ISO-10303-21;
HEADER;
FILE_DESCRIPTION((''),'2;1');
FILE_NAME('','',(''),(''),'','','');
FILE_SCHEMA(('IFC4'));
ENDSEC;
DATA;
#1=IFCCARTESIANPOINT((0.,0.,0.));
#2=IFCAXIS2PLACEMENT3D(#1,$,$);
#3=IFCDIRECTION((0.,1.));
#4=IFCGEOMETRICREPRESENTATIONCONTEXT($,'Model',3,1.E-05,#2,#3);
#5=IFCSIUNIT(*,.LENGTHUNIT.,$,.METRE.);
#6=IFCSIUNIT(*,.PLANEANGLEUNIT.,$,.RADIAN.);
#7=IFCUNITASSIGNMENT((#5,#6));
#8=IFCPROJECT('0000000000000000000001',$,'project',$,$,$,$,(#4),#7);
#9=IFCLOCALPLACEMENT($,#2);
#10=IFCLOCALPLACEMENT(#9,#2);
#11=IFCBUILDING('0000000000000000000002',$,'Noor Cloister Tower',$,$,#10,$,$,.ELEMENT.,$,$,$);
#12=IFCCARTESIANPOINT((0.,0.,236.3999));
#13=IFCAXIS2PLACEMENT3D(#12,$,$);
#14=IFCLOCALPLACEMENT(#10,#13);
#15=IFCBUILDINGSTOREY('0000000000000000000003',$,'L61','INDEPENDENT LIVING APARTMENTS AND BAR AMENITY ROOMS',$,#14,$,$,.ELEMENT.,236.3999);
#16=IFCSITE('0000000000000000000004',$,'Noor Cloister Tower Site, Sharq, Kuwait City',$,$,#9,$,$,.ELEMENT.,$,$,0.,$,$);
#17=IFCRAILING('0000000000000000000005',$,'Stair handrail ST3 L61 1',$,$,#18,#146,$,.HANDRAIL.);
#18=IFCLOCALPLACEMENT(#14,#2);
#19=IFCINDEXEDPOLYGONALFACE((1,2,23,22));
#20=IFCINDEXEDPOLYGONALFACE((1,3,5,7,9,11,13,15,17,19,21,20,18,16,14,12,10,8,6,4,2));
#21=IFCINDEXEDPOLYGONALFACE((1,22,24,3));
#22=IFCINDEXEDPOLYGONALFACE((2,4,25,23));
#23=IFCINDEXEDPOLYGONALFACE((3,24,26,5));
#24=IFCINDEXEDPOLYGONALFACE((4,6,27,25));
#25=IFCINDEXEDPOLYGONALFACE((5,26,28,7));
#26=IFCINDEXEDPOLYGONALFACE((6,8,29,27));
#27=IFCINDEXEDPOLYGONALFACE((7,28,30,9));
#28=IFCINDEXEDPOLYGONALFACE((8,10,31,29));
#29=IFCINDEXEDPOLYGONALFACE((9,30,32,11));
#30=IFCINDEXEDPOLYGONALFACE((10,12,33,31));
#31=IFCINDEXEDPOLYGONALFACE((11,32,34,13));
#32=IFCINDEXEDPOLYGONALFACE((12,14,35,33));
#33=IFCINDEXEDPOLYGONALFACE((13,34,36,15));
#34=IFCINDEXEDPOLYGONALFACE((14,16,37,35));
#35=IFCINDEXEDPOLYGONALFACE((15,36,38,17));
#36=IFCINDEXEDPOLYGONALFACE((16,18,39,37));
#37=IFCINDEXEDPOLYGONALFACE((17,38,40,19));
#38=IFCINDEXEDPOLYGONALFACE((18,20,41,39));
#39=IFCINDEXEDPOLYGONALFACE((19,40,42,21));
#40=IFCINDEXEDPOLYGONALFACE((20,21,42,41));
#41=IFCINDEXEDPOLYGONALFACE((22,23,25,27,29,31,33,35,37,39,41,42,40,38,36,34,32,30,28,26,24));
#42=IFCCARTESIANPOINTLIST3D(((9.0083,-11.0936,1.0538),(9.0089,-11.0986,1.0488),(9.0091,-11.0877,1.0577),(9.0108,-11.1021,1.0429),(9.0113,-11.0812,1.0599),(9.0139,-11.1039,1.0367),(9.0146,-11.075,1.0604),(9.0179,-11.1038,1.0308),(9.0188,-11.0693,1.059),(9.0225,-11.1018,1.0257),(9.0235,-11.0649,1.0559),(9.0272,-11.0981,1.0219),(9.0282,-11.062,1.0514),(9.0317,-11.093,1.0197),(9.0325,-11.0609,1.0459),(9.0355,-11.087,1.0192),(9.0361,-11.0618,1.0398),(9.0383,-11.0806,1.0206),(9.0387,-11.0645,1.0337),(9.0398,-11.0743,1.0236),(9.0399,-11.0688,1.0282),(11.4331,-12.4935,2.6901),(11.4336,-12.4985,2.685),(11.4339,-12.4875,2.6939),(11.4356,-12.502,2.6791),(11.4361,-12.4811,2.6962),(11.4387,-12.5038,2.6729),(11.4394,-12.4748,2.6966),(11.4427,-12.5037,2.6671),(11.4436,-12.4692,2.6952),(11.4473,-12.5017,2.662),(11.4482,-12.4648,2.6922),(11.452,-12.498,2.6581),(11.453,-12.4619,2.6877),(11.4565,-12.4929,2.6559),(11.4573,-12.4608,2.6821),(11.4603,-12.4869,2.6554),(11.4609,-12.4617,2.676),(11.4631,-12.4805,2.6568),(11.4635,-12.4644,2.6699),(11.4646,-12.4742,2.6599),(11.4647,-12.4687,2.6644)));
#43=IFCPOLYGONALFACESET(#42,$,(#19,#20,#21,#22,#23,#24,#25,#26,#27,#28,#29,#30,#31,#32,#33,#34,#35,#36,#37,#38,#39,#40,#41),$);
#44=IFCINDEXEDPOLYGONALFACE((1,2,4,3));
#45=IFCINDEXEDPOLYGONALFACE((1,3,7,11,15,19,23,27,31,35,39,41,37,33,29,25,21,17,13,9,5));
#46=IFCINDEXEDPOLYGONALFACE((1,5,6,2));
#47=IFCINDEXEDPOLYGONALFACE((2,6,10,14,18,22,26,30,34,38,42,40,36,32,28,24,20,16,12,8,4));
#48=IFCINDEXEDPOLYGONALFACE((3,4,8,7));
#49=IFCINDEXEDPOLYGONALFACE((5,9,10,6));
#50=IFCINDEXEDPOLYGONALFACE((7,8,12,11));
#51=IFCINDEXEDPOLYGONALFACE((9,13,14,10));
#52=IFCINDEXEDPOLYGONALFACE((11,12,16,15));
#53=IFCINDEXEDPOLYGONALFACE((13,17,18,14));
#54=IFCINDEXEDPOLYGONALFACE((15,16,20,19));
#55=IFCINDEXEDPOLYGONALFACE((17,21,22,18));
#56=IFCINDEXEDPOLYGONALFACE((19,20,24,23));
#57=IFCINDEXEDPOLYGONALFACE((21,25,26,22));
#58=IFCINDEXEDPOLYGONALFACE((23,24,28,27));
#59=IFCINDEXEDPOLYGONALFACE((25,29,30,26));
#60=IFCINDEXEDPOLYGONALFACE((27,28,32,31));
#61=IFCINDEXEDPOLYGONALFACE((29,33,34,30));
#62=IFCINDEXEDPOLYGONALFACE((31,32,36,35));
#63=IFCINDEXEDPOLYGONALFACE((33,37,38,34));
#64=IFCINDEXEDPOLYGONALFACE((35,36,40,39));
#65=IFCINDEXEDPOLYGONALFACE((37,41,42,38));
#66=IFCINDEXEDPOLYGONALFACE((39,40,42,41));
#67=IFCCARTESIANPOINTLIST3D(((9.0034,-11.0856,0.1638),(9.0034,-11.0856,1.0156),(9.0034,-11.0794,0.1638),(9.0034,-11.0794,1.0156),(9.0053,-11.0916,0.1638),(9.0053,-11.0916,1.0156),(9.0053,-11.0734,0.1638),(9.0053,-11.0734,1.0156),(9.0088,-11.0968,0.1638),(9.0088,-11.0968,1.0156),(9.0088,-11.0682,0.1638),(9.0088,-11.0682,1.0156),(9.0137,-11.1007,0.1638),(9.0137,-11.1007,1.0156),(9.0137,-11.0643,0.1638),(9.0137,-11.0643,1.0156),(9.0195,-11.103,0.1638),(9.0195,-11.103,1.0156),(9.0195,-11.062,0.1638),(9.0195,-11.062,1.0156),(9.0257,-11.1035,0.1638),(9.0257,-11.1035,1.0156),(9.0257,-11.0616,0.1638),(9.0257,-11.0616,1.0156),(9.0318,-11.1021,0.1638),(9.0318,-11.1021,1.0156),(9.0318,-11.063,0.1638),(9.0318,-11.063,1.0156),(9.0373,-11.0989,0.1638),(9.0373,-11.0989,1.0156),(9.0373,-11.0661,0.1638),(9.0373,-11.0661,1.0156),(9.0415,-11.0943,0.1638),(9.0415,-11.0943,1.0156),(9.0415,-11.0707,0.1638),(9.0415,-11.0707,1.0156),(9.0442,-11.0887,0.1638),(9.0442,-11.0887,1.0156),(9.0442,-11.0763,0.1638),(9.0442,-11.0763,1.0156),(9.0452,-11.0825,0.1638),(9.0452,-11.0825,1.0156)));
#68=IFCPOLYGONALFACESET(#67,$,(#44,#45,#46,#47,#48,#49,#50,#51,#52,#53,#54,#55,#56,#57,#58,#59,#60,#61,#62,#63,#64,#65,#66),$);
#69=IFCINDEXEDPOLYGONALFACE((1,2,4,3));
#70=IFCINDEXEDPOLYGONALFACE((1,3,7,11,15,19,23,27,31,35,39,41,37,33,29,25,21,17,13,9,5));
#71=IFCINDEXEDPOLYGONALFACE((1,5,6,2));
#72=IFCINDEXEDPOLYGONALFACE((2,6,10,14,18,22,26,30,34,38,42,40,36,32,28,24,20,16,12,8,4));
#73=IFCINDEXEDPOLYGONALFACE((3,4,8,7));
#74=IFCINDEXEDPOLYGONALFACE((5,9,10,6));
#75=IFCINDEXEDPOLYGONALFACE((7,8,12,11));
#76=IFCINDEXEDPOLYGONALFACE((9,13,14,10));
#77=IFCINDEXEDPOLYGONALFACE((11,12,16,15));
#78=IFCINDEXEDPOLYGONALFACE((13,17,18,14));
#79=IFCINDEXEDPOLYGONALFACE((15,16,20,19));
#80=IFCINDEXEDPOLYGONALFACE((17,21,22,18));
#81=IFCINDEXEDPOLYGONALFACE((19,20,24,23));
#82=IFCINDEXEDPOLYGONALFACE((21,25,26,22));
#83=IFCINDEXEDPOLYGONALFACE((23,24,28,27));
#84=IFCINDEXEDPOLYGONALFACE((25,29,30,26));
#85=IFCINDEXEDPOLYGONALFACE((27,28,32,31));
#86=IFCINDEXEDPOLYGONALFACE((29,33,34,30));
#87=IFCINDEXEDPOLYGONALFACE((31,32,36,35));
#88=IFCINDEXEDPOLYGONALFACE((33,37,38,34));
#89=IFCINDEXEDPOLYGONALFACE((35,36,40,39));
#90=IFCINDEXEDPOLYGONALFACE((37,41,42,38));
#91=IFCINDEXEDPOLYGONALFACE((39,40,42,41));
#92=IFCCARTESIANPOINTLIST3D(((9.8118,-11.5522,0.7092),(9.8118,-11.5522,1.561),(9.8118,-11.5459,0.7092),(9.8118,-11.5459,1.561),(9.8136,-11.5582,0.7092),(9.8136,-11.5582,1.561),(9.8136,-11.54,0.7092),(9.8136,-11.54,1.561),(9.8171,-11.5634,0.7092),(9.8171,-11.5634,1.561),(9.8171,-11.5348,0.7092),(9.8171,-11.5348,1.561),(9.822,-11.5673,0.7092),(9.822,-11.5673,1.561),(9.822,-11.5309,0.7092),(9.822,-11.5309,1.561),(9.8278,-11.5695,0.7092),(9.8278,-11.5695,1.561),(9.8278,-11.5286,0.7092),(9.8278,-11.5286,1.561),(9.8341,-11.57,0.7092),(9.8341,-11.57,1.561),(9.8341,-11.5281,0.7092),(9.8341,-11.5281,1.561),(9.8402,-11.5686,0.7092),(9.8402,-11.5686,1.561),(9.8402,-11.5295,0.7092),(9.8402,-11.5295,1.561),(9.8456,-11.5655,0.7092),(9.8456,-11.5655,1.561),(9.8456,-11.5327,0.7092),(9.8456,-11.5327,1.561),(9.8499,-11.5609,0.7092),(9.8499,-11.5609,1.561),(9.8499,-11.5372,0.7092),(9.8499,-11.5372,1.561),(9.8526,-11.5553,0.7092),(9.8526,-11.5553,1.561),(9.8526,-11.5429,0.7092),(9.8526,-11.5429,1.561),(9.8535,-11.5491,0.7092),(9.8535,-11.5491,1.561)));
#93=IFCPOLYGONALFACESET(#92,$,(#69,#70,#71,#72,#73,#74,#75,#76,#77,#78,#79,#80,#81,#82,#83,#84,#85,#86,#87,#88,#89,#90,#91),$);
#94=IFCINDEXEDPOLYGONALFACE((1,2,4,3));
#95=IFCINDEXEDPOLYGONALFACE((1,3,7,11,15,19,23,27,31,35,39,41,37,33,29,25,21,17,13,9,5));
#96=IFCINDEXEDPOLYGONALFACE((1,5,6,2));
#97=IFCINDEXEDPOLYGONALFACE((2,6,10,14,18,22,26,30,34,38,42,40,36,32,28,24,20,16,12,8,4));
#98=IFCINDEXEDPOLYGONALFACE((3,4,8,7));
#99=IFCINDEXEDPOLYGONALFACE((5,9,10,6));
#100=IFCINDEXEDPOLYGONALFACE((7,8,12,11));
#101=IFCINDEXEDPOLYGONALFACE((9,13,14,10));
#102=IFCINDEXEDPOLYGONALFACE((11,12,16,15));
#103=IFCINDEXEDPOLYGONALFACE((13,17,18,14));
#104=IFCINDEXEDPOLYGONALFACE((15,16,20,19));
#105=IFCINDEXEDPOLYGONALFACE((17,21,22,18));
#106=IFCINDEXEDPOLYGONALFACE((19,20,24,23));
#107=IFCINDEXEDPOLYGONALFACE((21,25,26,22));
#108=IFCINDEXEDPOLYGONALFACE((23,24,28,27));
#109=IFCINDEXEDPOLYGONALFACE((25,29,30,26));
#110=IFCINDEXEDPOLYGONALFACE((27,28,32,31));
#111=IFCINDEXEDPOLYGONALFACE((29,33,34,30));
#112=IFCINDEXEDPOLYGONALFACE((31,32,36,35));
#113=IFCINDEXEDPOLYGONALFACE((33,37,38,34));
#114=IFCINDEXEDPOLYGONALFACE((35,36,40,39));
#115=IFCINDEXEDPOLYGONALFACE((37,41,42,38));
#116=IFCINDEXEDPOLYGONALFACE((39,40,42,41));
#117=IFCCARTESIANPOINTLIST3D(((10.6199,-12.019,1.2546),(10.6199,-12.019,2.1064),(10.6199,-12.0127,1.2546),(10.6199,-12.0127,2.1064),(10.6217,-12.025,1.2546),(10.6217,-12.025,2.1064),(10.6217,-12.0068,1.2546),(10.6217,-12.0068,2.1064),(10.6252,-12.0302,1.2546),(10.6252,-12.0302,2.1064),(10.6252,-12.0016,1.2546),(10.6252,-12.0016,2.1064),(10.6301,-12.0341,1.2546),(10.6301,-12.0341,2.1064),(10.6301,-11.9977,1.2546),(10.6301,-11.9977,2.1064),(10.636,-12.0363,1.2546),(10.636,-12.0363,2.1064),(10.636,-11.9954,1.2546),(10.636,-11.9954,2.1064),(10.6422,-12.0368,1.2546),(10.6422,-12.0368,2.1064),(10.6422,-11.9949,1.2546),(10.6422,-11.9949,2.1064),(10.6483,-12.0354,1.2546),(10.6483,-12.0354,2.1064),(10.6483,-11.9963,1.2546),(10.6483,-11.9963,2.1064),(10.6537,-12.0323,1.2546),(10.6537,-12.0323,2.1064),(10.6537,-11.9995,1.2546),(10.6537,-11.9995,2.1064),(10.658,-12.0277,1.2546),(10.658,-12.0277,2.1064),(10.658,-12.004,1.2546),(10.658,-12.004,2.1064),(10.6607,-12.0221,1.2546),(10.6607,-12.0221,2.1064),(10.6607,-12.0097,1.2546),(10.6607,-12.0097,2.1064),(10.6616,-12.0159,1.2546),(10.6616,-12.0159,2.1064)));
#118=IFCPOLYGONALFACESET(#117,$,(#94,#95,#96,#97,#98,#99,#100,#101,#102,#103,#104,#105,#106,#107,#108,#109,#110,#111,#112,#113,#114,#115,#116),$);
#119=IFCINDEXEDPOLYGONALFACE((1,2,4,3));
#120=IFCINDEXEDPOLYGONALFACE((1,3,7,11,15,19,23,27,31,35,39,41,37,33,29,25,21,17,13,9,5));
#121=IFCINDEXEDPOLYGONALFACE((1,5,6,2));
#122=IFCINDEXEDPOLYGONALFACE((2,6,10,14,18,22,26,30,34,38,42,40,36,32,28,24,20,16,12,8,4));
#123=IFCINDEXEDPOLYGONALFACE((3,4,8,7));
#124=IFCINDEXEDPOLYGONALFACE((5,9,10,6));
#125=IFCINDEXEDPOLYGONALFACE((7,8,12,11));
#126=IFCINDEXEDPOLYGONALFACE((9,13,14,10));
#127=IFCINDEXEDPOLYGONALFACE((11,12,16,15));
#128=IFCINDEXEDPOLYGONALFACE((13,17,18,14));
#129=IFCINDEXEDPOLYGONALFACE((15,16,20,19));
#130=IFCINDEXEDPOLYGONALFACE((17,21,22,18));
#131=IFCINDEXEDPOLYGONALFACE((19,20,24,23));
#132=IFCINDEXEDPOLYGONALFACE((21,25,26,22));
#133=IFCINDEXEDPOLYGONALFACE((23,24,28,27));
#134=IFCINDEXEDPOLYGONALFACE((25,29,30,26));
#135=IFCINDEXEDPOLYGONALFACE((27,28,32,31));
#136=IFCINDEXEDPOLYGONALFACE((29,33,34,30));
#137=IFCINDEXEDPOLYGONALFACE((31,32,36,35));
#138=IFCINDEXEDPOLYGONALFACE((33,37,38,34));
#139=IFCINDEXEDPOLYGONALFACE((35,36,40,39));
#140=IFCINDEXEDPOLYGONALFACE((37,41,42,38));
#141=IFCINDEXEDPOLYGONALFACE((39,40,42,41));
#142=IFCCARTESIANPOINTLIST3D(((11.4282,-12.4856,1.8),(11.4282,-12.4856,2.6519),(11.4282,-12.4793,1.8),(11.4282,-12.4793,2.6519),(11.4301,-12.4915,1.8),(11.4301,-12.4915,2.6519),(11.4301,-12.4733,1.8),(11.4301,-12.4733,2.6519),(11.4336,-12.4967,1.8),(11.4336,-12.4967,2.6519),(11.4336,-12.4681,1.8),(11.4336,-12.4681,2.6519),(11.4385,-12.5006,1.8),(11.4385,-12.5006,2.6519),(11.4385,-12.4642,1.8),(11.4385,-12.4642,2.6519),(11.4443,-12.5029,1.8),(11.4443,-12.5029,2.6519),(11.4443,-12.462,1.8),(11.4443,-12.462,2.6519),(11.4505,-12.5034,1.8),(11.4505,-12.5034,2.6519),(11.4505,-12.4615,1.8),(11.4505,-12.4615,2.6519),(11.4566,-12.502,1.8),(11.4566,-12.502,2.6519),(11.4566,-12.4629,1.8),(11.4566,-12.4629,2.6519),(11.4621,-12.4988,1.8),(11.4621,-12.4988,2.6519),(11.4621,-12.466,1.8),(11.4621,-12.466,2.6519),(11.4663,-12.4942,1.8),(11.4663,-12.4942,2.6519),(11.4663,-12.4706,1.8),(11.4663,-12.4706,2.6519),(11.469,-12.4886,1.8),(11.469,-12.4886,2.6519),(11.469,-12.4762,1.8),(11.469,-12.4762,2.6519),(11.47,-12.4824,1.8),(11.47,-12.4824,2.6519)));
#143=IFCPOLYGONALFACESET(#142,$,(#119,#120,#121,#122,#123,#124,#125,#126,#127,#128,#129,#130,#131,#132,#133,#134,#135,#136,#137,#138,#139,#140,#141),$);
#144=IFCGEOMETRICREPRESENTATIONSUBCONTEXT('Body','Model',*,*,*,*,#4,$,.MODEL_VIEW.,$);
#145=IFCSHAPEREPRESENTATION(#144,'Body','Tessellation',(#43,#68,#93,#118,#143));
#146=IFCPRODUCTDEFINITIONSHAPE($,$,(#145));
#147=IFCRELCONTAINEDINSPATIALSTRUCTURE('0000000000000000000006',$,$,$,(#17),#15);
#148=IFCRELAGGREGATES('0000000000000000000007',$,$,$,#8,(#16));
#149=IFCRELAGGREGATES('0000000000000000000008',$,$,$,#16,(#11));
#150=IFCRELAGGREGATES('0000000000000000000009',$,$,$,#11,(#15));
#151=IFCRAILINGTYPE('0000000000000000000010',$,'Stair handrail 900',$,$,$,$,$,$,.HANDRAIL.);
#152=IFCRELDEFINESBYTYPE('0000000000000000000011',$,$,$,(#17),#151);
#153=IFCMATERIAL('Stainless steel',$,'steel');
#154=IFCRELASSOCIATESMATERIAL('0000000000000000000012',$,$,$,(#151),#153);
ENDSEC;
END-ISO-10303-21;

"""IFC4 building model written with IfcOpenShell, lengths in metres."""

from ifc_helpers import new_model, si_unit, direction, frame, origin, origin_2d, place, context, subcontext, project, spatial, circle, extrude, material, type_object, element, save


model = new_model("IFC4")

# Units and contexts
model_context = context("Model", 3, precision=1e-05, world=origin(), true_north=direction((0.0, 1.0)))
body_context = subcontext(model_context, "Body", "Model", "MODEL_VIEW")
ifc_project = project(units=[si_unit("LENGTHUNIT", "METRE"), si_unit("PLANEANGLEUNIT", "RADIAN")], contexts=[model_context])

# Site, building, storey
site_placement = place(None, origin())
site = spatial("IfcSite", under=ifc_project, at=site_placement, Name="Noor Cloister Tower Site, Sharq, Kuwait City", CompositionType="ELEMENT", RefElevation=0.0)
building_placement = place(site_placement, origin())
building = spatial("IfcBuilding", under=site, at=building_placement, Name="Noor Cloister Tower", CompositionType="ELEMENT")
storey_placement = place(building_placement, frame((0.0, 0.0, 236.3999)))
storey = spatial("IfcBuildingStorey", under=building, at=storey_placement, Name="L61", Description="INDEPENDENT LIVING APARTMENTS AND BAR AMENITY ROOMS", CompositionType="ELEMENT", Elevation=236.3999)

# Railing
ifc_material_1 = material(Name="Stainless steel", Category="steel")
railing_type_1 = type_object("IfcRailingType", Name="Stair handrail 900", PredefinedType="HANDRAIL", material=ifc_material_1)
railing_1_placement = place(storey_placement, frame((9.0242, -11.0825, 0.1638)))
element("IfcRailing", 1, at=railing_1_placement, inside=storey, type_object=railing_type_1, Name="Stair handrail ST3 L61 1", PredefinedType="HANDRAIL", context=body_context, shape_type="SweptSolid", body=[
    extrude(circle(Radius=0.0239, at=origin_2d()), frame((0.0, 0.0, 0.876), z_axis=(0.747718, -0.431677, 0.504552), x_axis=(0.499984, 0.866035, 0.0)), (0.0, 0.0, 1.0), 3.2429),
    extrude(circle(Radius=0.021, at=origin_2d()), origin(), (0.0, 0.0, 1.0), 0.8518),
    extrude(circle(Radius=0.021, at=origin_2d()), frame((0.8083, -0.4666, 0.5454)), (0.0, 0.0, 1.0), 0.8518),
    extrude(circle(Radius=0.021, at=origin_2d()), frame((1.6165, -0.9333, 1.0908)), (0.0, 0.0, 1.0), 0.8518),
    extrude(circle(Radius=0.021, at=origin_2d()), frame((2.4248, -1.3999, 1.6362)), (0.0, 0.0, 1.0), 0.8518),
])

save(model, "model.ifc")
